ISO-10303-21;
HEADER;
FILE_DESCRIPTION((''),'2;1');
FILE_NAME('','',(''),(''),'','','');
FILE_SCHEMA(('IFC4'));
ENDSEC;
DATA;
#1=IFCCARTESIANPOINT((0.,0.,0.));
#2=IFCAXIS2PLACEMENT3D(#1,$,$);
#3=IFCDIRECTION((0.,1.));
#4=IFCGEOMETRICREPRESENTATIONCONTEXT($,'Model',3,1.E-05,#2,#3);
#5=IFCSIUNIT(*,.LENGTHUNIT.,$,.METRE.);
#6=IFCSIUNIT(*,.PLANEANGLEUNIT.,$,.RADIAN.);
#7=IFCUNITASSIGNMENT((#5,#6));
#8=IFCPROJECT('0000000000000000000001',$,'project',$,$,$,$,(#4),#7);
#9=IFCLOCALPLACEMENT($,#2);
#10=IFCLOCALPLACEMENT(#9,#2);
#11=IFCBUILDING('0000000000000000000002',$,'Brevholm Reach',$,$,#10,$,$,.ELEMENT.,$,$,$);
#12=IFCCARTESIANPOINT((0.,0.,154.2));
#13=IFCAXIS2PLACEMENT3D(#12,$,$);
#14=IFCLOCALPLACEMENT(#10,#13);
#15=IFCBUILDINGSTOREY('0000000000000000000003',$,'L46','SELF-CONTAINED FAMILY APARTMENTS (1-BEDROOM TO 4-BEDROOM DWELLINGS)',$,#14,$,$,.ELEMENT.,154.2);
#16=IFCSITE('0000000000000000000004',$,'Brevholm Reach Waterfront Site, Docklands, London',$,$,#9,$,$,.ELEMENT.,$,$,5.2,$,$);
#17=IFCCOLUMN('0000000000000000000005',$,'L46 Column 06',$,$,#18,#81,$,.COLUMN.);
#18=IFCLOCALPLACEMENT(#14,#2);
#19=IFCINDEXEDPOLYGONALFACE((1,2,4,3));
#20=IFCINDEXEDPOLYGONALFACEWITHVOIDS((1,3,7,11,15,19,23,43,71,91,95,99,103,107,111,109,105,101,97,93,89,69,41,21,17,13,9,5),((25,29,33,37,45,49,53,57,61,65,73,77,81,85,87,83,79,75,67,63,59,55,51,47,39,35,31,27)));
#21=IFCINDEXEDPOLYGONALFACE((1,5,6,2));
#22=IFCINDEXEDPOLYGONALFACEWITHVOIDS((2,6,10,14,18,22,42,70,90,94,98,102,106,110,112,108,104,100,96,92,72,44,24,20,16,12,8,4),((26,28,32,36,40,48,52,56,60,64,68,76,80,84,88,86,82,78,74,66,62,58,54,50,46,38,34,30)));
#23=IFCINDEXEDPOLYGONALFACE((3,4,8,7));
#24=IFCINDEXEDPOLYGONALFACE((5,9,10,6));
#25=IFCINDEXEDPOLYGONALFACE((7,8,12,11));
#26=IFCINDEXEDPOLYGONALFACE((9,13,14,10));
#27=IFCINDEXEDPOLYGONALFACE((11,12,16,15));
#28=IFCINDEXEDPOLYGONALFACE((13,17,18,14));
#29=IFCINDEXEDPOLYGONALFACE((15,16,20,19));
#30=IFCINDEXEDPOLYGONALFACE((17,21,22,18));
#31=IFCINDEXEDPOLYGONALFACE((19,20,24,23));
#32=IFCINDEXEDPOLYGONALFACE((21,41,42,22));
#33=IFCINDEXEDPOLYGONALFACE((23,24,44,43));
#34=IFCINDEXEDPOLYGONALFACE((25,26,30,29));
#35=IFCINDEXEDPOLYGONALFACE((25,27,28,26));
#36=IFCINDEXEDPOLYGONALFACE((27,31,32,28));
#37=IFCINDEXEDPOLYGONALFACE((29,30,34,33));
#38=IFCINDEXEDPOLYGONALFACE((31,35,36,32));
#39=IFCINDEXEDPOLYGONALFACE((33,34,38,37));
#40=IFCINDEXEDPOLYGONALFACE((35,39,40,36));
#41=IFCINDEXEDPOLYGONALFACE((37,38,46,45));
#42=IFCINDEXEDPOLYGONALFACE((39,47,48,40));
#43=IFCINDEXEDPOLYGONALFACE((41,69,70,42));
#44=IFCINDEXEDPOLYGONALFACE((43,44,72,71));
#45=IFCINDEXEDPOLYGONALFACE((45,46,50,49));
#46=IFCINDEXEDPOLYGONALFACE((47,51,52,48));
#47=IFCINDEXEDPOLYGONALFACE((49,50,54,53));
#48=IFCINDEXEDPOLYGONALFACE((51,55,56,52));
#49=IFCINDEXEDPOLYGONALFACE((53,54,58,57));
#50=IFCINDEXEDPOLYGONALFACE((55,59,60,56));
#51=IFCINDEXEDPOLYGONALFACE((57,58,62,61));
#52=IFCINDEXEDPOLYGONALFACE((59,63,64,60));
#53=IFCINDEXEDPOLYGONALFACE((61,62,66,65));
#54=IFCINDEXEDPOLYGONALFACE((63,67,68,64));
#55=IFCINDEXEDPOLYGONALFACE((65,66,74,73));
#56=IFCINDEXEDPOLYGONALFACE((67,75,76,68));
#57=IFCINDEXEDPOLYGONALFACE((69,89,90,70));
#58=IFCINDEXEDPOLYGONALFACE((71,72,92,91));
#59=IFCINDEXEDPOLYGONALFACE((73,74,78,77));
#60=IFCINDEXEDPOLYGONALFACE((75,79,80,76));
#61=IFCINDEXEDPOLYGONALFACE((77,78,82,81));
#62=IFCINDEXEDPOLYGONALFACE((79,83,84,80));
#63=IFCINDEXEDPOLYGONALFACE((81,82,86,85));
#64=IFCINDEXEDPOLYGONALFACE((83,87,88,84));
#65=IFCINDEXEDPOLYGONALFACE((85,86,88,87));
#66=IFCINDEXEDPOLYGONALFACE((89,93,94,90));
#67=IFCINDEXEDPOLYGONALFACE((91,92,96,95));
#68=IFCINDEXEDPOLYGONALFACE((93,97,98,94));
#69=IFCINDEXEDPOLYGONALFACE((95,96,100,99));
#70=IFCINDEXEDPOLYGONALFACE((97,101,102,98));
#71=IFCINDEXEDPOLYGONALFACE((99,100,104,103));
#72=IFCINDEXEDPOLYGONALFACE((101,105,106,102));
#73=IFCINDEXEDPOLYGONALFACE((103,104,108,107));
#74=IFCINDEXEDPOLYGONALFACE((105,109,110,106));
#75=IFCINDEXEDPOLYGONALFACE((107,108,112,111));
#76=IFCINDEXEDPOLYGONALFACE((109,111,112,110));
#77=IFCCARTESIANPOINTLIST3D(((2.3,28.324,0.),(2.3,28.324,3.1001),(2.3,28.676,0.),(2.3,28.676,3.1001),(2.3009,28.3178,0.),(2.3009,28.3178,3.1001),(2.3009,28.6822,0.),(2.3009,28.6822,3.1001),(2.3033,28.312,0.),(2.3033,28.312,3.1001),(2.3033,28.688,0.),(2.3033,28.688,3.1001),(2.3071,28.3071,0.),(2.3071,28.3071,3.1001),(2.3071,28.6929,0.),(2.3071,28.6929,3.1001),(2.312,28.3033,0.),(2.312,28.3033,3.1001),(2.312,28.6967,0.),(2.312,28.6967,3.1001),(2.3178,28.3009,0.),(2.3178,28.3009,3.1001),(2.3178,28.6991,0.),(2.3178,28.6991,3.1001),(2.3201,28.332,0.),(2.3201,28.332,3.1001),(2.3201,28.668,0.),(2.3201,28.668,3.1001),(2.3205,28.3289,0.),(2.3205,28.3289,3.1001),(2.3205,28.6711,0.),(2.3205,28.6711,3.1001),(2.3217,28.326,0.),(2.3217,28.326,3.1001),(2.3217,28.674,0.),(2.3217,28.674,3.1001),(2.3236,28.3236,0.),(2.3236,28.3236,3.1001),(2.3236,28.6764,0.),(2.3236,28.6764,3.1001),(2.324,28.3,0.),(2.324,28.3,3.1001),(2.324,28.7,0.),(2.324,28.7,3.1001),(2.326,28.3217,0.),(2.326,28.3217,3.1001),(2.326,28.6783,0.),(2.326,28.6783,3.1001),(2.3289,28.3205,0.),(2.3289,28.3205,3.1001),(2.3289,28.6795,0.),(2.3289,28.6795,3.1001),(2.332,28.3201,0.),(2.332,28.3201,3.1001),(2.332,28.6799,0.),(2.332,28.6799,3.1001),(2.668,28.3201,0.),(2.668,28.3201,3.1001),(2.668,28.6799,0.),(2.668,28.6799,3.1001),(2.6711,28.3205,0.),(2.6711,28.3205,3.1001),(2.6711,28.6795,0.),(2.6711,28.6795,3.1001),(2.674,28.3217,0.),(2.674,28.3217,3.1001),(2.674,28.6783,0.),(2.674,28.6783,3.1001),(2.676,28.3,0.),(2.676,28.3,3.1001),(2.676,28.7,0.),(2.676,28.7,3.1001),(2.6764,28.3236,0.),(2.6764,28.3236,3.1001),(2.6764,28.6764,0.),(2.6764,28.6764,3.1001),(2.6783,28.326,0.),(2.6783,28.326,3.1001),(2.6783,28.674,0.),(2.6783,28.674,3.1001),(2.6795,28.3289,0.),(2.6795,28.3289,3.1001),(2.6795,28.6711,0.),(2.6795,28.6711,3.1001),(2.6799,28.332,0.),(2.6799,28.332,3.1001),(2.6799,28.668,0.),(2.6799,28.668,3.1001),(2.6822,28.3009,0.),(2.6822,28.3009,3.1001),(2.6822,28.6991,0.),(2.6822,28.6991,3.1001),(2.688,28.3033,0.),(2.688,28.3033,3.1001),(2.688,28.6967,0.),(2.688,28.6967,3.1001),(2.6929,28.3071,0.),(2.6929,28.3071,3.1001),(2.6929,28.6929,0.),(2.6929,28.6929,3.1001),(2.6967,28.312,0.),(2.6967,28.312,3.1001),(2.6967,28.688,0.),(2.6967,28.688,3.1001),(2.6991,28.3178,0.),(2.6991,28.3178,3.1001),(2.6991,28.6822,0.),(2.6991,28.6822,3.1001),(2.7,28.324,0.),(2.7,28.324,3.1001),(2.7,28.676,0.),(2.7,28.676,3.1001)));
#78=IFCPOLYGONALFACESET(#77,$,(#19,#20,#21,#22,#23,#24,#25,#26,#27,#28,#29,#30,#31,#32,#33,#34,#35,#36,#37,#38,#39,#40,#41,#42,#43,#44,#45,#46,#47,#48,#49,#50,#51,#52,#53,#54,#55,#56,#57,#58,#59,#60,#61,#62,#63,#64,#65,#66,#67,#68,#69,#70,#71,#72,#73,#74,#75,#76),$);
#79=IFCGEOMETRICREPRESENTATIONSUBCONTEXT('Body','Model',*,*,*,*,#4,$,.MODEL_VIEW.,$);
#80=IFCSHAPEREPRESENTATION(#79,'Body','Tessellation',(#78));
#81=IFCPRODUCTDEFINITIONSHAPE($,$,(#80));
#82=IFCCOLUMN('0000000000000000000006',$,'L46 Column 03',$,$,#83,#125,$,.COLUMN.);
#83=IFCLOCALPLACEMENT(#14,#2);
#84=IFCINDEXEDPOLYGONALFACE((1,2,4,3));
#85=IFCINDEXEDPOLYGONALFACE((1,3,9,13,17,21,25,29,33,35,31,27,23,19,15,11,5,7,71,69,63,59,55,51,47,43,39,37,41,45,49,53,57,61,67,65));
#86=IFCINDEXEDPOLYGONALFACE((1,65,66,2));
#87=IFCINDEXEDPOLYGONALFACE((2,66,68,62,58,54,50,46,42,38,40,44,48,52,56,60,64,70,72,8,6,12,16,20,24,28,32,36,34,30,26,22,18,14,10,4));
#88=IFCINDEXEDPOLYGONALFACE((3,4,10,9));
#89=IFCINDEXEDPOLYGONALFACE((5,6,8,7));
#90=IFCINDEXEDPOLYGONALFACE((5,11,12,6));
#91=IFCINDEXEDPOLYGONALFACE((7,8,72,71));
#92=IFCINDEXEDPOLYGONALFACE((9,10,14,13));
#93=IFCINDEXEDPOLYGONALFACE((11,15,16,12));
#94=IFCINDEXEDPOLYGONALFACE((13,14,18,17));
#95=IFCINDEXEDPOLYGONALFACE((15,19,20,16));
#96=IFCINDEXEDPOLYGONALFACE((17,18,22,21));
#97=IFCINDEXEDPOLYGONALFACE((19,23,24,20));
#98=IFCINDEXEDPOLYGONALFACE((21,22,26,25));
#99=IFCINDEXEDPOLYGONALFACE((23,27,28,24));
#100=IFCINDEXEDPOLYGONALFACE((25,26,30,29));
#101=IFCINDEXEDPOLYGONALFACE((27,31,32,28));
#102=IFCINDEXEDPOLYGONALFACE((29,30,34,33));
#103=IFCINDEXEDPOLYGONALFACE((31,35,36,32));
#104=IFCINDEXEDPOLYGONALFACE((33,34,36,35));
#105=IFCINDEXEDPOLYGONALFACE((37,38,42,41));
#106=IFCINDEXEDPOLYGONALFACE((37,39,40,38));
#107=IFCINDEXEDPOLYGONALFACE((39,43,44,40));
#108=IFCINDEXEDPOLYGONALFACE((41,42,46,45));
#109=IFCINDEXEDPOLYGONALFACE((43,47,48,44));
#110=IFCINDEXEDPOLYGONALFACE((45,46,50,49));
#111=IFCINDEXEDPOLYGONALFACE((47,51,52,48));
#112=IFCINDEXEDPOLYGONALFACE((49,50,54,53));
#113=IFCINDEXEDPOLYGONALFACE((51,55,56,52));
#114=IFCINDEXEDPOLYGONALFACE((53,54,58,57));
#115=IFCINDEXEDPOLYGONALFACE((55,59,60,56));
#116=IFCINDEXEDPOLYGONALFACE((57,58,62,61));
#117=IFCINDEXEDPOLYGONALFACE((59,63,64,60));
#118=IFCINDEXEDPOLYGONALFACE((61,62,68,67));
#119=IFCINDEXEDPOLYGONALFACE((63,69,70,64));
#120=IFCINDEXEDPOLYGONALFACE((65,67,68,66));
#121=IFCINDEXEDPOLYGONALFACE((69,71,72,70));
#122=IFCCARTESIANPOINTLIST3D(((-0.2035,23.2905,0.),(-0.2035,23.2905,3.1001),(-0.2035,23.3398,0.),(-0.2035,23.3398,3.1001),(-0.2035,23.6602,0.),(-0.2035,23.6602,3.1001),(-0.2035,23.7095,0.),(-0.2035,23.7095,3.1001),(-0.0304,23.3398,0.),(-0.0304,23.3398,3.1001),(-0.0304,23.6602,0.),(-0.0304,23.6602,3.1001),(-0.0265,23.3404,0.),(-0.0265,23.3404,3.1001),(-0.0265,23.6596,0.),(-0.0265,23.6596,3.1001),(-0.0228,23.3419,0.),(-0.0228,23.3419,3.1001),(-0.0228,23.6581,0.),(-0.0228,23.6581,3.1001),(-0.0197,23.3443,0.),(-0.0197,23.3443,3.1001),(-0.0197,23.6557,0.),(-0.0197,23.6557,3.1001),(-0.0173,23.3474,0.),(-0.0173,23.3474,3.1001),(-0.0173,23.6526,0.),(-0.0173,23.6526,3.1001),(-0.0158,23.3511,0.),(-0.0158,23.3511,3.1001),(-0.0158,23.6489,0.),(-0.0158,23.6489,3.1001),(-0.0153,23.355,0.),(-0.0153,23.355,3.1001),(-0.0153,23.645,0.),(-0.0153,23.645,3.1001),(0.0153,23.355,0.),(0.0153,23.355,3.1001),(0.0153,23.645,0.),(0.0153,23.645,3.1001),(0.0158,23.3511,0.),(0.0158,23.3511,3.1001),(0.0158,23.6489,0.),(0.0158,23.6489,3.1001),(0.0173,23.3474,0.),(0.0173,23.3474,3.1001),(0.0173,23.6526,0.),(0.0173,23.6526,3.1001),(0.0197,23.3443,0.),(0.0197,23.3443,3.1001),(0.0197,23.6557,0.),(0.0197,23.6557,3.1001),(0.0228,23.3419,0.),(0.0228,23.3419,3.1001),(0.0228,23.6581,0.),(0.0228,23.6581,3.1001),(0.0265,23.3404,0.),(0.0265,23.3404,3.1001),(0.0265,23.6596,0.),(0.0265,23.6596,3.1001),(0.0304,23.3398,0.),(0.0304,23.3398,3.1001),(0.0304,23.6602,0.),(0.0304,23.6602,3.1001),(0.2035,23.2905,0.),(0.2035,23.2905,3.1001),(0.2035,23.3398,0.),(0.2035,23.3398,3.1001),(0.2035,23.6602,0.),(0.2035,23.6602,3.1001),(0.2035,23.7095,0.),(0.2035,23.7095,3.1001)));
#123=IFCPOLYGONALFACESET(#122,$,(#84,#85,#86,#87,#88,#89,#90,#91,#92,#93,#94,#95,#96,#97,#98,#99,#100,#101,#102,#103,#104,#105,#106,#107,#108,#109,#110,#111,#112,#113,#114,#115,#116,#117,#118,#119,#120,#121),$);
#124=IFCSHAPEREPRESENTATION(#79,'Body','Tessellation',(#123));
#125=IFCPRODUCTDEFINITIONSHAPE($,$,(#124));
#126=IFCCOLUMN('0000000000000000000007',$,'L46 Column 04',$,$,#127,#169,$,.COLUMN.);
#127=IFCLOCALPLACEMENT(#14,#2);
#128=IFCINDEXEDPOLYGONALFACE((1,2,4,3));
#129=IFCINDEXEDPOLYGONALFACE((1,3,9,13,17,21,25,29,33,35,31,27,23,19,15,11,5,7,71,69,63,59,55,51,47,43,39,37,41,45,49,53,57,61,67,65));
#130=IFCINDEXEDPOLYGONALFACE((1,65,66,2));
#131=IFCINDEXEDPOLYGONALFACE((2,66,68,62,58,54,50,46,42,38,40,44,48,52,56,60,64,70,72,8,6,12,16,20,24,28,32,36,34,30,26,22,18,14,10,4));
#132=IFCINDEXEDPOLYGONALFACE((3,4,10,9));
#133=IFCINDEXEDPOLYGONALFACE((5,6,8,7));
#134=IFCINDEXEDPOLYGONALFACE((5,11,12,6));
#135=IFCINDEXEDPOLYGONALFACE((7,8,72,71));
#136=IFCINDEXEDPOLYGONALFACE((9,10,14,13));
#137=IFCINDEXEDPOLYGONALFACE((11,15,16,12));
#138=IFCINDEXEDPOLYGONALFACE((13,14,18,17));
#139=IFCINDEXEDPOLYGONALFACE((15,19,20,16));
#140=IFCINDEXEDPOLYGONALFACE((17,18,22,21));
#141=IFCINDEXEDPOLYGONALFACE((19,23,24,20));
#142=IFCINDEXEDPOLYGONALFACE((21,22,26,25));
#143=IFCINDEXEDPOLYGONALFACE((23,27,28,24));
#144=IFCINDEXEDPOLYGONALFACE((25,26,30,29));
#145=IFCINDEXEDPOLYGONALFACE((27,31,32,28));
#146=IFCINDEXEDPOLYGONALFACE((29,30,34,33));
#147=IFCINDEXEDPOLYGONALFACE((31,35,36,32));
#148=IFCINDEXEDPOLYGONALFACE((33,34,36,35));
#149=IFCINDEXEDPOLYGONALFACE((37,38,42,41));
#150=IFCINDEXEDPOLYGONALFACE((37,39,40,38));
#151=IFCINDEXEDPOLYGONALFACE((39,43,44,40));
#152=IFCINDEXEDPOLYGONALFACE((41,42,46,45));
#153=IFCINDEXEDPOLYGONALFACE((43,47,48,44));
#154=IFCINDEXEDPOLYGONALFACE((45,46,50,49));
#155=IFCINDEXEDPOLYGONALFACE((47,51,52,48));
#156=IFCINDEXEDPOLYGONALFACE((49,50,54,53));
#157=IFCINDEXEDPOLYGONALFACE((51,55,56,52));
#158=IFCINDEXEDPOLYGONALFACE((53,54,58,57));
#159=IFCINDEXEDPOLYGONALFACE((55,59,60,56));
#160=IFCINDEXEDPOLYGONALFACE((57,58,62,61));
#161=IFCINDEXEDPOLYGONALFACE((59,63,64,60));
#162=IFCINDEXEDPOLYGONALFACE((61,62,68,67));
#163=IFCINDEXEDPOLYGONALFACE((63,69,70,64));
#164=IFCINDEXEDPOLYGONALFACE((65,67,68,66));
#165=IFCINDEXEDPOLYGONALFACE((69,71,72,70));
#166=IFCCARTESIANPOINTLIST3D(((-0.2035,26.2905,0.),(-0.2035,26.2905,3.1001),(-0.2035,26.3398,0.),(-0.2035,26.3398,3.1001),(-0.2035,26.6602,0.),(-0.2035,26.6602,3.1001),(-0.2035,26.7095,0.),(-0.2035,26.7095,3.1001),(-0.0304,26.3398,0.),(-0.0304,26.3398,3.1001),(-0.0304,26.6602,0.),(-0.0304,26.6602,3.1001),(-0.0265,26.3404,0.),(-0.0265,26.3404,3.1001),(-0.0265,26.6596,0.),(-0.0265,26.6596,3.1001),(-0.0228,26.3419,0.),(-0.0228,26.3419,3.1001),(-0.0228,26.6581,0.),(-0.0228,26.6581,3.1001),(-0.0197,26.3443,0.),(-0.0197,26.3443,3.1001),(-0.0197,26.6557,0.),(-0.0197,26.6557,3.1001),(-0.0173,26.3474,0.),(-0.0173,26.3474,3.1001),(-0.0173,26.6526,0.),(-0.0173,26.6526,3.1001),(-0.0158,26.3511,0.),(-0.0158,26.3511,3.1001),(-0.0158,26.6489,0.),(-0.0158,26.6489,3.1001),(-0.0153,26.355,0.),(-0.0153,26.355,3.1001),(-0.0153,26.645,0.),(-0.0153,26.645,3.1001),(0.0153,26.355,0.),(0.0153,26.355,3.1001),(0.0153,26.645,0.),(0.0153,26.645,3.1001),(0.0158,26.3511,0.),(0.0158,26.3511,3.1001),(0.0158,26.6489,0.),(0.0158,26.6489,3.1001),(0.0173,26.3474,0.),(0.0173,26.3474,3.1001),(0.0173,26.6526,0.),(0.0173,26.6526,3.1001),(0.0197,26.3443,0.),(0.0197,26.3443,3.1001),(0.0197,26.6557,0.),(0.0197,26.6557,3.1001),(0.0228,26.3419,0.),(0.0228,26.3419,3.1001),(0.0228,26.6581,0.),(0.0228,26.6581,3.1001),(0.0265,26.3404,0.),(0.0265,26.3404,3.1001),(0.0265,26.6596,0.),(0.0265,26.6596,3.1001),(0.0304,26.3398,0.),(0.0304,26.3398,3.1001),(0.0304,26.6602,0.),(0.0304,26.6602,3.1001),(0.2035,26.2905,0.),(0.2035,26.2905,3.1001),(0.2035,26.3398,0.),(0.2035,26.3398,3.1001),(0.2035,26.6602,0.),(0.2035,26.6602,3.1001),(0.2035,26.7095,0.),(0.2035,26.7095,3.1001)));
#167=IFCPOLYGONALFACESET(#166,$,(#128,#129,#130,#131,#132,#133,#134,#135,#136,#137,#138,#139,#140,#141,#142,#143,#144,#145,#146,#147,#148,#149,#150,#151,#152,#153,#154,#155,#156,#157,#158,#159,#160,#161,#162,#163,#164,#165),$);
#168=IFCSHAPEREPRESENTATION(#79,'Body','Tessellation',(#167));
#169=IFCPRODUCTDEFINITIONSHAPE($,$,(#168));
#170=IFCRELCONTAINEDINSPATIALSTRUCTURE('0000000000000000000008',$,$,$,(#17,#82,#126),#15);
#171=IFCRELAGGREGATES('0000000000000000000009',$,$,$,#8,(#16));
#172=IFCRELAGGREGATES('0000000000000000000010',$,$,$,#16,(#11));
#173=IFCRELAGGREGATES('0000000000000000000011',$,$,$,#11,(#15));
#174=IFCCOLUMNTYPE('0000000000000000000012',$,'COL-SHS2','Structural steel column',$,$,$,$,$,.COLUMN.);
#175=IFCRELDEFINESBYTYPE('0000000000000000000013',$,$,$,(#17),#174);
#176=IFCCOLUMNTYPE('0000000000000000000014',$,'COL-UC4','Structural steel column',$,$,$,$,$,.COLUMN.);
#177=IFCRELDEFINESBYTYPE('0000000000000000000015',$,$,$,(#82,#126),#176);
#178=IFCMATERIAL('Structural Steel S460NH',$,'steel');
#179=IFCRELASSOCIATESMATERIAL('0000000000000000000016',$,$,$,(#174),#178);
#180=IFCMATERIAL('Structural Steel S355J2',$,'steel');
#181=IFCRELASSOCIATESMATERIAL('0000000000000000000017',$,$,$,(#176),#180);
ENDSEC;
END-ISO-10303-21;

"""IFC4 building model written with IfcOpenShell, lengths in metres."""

from ifc_helpers import new_model, si_unit, direction, frame, origin, origin_2d, place, context, subcontext, project, spatial, hollow_rectangle, i_section, extrude, material, material_profile, profile_set, type_object, element, save


model = new_model("IFC4")

# Units and contexts
model_context = context("Model", 3, precision=1e-05, world=origin(), true_north=direction((0.0, 1.0)))
body_context = subcontext(model_context, "Body", "Model", "MODEL_VIEW")
ifc_project = project(units=[si_unit("LENGTHUNIT", "METRE"), si_unit("PLANEANGLEUNIT", "RADIAN")], contexts=[model_context])

# Site, building, storey
site_placement = place(None, origin())
site = spatial("IfcSite", under=ifc_project, at=site_placement, Name="Brevholm Reach Waterfront Site, Docklands, London", CompositionType="ELEMENT", RefElevation=5.2)
building_placement = place(site_placement, origin())
building = spatial("IfcBuilding", under=site, at=building_placement, Name="Brevholm Reach", CompositionType="ELEMENT")
storey_placement = place(building_placement, frame((0.0, 0.0, 154.2)))
storey = spatial("IfcBuildingStorey", under=building, at=storey_placement, Name="L46", Description="SELF-CONTAINED FAMILY APARTMENTS (1-BEDROOM TO 4-BEDROOM DWELLINGS)", CompositionType="ELEMENT", Elevation=154.2)

# Columns
ifc_material_1 = material(Name="Structural Steel S460NH", Category="steel")
ifc_material_profile_1 = material_profile(ifc_material_1, hollow_rectangle(XDim=0.3999, YDim=0.3999, WallThickness=0.02, InnerFilletRadius=0.012, OuterFilletRadius=0.0239, at=origin_2d()), Name="SHS 400x400x20")
ifc_profile_set_1 = profile_set([ifc_material_profile_1], Name="Structural Steel S460NH")
column_type_1 = type_object("IfcColumnType", Name="COL-SHS2", Description="Structural steel column", PredefinedType="COLUMN", material=ifc_profile_set_1)
column_placement = place(storey_placement, frame((2.5, 28.5, 0.0), z_axis=(0.0, 0.0, 1.0), x_axis=(1.0, 0.0, 0.0)))
element("IfcColumn", 1, at=column_placement, inside=storey, type_object=column_type_1, Name="L46 Column 06", PredefinedType="COLUMN", context=body_context, shape_type="SweptSolid", body=[
    extrude(hollow_rectangle(XDim=0.3999, YDim=0.3999, WallThickness=0.02, InnerFilletRadius=0.012, OuterFilletRadius=0.0239, at=origin_2d()), origin(), (0.0, 0.0, 1.0), 3.1001),
])
ifc_material_2 = material(Name="Structural Steel S355J2", Category="steel")
ifc_material_profile_2 = material_profile(ifc_material_2, i_section(OverallWidth=0.407, OverallDepth=0.4189, WebThickness=0.0305, FlangeThickness=0.0493, FilletRadius=0.0151, at=origin_2d()), Name="UKC 356x406x393")
ifc_profile_set_2 = profile_set([ifc_material_profile_2], Name="Structural Steel S355J2")
column_type_2 = type_object("IfcColumnType", Name="COL-UC4", Description="Structural steel column", PredefinedType="COLUMN", material=ifc_profile_set_2)
for number, where, z_axis, x_axis, name in (
    (2, (0.0, 23.5, 0.0), (0.0, 0.0, 1.0), (1.0, 0.0, 0.0), "L46 Column 03"),
    (3, (0.0, 26.5, 0.0), (0.0, 0.0, 1.0), (1.0, 0.0, 0.0), "L46 Column 04"),
):
    element("IfcColumn", number, at=place(storey_placement, frame(where, z_axis=z_axis, x_axis=x_axis)), inside=storey, type_object=column_type_2, Name=name, PredefinedType="COLUMN", context=body_context, shape_type="SweptSolid", body=[
        extrude(i_section(OverallWidth=0.407, OverallDepth=0.4189, WebThickness=0.0305, FlangeThickness=0.0493, FilletRadius=0.0151, at=origin_2d()), origin(), (0.0, 0.0, 1.0), 3.1001),
    ])

save(model, "model.ifc")
